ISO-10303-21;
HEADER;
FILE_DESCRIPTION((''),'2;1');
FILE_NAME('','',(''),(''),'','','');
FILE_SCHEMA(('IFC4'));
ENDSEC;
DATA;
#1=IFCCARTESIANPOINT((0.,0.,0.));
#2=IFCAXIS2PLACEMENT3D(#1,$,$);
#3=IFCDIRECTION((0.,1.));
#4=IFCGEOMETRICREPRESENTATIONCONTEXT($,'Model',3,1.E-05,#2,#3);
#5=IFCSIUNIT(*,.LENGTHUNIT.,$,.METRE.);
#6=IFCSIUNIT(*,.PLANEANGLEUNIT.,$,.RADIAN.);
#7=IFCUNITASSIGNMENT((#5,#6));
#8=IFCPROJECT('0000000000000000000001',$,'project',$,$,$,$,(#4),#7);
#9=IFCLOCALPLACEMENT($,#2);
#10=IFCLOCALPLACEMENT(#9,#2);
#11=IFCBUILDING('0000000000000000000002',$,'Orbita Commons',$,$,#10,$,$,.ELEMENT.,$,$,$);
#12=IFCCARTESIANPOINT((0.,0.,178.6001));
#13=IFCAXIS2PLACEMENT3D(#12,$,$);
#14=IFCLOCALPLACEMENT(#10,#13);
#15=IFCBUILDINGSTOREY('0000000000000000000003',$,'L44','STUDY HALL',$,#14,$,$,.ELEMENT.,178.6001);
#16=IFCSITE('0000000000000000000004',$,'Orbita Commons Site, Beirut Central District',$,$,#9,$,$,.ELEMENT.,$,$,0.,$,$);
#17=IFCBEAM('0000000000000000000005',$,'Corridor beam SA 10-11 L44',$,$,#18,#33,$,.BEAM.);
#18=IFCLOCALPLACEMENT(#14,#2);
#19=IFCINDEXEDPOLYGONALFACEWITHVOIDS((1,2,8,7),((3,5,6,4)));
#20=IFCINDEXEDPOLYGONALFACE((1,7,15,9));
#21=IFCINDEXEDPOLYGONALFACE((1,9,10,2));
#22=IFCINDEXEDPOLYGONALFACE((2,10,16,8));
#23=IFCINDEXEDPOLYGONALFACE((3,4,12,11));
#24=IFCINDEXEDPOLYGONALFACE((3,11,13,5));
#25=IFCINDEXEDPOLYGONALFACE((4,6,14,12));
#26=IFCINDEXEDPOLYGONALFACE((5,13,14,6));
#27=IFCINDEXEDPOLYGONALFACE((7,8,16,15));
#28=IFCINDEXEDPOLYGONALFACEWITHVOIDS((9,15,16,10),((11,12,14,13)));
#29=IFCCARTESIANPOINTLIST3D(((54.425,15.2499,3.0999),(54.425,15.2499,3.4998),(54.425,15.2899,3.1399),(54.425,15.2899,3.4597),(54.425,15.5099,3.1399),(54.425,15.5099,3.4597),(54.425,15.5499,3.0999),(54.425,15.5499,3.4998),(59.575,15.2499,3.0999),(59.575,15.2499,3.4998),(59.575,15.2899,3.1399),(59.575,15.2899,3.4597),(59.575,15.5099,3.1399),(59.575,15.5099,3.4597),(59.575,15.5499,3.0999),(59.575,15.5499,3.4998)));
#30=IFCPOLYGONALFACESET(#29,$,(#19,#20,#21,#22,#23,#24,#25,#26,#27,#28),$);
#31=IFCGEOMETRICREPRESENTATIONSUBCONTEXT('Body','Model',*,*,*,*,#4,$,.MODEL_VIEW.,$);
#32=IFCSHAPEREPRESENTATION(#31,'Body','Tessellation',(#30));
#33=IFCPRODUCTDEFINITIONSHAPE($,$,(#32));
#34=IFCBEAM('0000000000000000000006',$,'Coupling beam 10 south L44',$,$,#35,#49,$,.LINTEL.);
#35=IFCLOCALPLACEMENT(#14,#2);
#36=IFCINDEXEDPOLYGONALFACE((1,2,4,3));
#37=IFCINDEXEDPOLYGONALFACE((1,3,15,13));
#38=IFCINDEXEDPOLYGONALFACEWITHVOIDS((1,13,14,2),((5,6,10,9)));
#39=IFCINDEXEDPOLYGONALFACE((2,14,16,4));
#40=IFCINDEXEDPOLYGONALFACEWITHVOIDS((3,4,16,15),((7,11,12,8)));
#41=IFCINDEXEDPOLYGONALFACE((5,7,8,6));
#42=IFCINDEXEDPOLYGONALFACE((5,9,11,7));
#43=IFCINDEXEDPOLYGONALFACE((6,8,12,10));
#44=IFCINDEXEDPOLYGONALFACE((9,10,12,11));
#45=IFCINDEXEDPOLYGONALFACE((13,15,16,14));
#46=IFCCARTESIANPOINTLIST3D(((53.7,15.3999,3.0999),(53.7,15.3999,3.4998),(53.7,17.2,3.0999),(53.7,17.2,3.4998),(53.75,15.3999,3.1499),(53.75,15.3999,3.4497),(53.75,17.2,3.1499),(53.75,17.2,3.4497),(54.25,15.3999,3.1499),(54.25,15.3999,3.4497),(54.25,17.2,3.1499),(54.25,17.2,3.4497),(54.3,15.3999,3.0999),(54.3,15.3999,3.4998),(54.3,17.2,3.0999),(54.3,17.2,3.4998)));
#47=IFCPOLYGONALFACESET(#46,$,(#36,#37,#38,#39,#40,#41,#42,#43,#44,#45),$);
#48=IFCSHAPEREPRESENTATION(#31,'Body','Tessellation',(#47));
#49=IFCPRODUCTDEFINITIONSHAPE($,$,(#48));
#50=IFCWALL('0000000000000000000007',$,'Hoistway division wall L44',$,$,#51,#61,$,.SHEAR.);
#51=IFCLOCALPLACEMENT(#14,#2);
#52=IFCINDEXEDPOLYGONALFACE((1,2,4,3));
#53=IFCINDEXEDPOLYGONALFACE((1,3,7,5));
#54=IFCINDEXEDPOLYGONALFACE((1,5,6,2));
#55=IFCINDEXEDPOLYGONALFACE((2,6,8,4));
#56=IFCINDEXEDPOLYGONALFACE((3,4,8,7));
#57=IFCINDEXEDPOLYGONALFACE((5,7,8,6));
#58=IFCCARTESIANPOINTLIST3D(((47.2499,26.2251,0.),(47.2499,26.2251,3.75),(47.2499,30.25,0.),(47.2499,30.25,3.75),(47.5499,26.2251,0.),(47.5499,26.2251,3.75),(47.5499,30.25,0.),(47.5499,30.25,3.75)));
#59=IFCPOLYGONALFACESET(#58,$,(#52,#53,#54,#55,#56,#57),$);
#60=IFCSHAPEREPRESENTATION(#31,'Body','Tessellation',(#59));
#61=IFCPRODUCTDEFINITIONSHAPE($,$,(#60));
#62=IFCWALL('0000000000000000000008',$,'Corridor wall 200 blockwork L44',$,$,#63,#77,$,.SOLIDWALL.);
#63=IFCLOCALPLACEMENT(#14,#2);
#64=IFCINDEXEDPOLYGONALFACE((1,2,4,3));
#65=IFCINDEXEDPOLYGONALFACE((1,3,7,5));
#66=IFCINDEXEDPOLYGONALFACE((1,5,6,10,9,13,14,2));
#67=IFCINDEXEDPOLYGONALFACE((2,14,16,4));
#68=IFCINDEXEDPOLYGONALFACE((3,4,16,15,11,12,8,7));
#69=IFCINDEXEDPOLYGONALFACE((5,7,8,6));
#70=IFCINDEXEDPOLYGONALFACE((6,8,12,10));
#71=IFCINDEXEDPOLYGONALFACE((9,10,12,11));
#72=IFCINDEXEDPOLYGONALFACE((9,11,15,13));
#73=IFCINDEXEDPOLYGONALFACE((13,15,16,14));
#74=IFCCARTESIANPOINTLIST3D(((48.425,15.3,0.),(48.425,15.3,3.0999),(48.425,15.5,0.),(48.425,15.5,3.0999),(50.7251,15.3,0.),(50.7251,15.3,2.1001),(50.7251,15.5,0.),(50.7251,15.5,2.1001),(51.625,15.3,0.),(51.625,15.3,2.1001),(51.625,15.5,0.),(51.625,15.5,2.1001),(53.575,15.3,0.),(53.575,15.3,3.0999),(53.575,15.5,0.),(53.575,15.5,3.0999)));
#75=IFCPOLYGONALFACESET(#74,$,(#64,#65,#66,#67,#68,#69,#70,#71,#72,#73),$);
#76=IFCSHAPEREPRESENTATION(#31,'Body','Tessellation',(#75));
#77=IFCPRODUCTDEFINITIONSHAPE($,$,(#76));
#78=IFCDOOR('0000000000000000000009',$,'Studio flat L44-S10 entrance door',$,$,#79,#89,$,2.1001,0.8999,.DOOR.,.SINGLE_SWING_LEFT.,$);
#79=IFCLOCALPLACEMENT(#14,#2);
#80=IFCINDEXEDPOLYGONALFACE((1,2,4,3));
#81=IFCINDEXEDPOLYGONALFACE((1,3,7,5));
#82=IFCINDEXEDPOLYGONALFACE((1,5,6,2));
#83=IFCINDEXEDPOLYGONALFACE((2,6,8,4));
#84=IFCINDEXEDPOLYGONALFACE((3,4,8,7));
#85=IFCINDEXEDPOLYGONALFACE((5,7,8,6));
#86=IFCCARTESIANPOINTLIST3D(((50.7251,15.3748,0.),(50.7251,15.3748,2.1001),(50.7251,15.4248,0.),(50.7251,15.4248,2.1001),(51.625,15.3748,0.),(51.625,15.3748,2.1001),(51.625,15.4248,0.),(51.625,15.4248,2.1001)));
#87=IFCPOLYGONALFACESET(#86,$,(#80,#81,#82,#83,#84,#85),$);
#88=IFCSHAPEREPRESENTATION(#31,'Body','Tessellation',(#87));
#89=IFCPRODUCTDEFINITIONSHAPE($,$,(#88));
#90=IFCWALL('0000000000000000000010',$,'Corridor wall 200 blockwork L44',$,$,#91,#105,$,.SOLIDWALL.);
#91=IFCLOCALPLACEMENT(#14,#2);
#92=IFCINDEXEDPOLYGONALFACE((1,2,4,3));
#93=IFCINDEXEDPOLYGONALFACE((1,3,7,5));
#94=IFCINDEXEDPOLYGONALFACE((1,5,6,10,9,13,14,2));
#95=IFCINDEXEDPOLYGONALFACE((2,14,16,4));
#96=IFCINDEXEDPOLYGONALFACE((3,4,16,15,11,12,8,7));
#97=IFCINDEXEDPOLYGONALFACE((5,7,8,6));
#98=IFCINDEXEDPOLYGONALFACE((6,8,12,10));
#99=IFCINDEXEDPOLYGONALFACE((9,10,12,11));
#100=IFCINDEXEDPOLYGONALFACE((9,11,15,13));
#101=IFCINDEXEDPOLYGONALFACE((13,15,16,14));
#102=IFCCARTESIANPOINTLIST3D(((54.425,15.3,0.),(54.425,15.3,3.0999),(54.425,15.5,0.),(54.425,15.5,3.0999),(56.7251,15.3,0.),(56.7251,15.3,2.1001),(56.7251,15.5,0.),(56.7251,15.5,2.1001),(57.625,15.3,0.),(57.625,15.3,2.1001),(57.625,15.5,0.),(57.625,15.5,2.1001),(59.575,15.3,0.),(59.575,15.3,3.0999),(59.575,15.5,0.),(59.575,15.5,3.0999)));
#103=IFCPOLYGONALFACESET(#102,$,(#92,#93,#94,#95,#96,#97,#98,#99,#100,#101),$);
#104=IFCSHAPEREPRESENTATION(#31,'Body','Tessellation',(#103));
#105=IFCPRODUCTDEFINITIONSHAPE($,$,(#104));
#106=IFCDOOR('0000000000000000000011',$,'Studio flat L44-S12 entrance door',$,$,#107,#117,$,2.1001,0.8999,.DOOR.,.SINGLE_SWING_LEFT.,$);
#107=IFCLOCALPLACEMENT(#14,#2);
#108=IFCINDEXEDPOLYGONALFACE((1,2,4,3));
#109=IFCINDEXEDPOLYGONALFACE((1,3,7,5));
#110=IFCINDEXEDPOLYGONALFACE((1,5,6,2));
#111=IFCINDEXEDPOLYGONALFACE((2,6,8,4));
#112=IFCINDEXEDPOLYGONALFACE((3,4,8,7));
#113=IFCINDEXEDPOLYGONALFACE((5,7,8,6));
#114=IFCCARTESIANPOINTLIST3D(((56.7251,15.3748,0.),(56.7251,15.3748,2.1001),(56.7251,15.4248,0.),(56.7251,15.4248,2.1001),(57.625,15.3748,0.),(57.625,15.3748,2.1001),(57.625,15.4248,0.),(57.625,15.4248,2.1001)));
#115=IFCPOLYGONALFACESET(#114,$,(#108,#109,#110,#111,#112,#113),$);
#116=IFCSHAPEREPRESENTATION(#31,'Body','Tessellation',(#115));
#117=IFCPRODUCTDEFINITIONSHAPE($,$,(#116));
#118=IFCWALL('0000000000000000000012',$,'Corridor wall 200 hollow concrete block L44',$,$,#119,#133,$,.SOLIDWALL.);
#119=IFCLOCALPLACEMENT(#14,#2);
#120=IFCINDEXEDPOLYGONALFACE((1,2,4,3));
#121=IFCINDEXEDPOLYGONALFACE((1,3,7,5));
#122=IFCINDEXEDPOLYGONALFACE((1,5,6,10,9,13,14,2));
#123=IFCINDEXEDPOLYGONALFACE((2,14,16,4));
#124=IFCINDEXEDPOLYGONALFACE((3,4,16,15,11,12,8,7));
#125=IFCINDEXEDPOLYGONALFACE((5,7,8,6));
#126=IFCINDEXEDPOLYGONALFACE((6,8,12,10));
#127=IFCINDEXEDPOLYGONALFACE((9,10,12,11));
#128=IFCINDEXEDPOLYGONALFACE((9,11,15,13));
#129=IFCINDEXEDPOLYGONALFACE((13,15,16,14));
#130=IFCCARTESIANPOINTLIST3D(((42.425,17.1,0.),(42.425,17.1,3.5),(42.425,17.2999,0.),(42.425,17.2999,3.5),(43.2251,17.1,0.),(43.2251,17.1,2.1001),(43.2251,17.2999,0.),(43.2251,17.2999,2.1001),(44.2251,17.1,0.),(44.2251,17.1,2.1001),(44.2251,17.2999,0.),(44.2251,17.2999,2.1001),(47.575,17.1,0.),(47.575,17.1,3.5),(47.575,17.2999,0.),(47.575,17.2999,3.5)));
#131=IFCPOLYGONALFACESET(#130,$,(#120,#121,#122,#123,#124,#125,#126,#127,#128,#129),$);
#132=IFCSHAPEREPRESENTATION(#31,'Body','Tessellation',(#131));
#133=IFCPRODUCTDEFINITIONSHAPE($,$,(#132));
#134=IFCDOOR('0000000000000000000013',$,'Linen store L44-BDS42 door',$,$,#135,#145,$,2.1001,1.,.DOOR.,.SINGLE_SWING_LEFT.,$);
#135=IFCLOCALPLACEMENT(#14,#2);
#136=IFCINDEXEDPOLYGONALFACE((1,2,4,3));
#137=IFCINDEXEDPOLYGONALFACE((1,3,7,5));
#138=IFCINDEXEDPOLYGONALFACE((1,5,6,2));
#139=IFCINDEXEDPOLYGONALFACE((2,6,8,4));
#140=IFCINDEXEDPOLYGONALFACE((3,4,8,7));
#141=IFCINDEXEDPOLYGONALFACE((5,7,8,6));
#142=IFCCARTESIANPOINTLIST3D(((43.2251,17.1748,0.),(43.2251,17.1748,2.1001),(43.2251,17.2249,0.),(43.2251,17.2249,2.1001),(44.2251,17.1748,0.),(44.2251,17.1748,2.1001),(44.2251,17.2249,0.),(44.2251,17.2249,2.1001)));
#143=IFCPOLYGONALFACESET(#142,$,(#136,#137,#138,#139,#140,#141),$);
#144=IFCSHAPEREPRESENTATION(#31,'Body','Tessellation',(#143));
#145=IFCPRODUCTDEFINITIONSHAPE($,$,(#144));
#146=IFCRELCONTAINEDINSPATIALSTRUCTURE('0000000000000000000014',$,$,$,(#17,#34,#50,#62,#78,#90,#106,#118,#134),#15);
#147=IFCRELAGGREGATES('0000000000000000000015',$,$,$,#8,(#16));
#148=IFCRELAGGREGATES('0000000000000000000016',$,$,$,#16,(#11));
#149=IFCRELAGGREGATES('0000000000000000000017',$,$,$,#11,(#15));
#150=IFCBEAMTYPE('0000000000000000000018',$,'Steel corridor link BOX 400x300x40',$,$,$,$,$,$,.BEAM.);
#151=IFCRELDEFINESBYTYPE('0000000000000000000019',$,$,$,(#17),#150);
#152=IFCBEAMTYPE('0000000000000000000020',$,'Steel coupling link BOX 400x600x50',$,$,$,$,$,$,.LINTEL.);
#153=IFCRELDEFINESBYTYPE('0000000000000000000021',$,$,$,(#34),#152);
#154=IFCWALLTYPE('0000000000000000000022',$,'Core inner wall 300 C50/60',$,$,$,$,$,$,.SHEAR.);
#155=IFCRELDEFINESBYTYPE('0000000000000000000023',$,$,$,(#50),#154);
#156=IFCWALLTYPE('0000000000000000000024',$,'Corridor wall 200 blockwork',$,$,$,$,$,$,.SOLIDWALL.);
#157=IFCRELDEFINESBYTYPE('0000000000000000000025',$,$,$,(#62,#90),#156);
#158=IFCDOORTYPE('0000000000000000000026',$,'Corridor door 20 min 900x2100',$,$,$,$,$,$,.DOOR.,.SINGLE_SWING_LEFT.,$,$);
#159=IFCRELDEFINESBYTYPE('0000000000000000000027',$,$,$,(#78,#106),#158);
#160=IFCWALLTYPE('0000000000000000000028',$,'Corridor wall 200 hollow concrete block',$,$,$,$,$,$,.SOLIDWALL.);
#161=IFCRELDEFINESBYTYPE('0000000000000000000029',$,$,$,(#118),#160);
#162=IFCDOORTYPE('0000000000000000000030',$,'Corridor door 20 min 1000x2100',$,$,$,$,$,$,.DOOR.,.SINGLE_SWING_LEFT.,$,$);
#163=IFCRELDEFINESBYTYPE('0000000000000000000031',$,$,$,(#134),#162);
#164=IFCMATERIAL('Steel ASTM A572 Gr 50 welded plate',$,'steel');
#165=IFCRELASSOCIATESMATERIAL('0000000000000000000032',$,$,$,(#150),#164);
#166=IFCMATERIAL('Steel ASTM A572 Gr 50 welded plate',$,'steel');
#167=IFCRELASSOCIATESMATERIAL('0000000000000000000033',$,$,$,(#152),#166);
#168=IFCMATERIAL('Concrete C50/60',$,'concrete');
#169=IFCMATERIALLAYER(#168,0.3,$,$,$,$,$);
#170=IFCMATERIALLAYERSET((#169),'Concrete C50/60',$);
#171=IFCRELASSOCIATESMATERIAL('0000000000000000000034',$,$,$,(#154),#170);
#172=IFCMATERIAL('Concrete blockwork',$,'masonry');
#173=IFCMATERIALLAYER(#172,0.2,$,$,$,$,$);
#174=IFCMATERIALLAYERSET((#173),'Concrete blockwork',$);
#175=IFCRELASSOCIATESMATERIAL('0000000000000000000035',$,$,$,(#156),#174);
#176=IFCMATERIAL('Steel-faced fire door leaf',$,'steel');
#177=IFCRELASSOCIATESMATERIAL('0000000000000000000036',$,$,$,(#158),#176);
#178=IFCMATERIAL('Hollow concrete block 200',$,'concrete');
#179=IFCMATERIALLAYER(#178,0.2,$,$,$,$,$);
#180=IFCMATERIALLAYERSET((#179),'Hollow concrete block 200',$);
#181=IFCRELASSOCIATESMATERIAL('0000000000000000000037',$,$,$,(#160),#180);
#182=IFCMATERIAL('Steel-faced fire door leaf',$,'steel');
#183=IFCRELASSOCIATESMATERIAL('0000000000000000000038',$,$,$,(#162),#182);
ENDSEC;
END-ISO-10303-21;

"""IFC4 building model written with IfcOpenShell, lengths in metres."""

from ifc_helpers import new_model, si_unit, direction, frame, frame_2d, origin, origin_2d, place, context, subcontext, project, spatial, polyline, rectangle, hollow_rectangle, outline, extrude, material, layer, layer_set, material_profile, profile_set, type_object, element, fill, save


model = new_model("IFC4")

# Units and contexts
model_context = context("Model", 3, precision=1e-05, world=origin(), true_north=direction((0.0, 1.0)))
body_context = subcontext(model_context, "Body", "Model", "MODEL_VIEW")
ifc_project = project(units=[si_unit("LENGTHUNIT", "METRE"), si_unit("PLANEANGLEUNIT", "RADIAN")], contexts=[model_context])

# Site, building, storey
site_placement = place(None, origin())
site = spatial("IfcSite", under=ifc_project, at=site_placement, Name="Orbita Commons Site, Beirut Central District", CompositionType="ELEMENT", RefElevation=0.0)
building_placement = place(site_placement, origin())
building = spatial("IfcBuilding", under=site, at=building_placement, Name="Orbita Commons", CompositionType="ELEMENT")
storey_placement = place(building_placement, frame((0.0, 0.0, 178.6001)))
storey = spatial("IfcBuildingStorey", under=building, at=storey_placement, Name="L44", Description="STUDY HALL", CompositionType="ELEMENT", Elevation=178.6001)

# Beams
ifc_material_1 = material(Name="Steel ASTM A572 Gr 50 welded plate", Category="steel")
ifc_material_profile_1 = material_profile(ifc_material_1, hollow_rectangle(XDim=0.3, YDim=0.3999, WallThickness=0.04, at=origin_2d()), Name="BOX 400x300x40")
ifc_profile_set_1 = profile_set([ifc_material_profile_1], Name="Steel ASTM A572 Gr 50 welded plate")
beam_type_1 = type_object("IfcBeamType", Name="Steel corridor link BOX 400x300x40", PredefinedType="BEAM", material=ifc_profile_set_1)
beam_1_placement = place(storey_placement, frame((54.425, 15.3999, 3.2998), z_axis=(1.0, 0.0, 0.0), x_axis=(0.0, 1.0, 0.0)))
element("IfcBeam", 1, at=beam_1_placement, inside=storey, type_object=beam_type_1, Name="Corridor beam SA 10-11 L44", PredefinedType="BEAM", context=body_context, shape_type="SweptSolid", body=[
    extrude(hollow_rectangle(XDim=0.3, YDim=0.3999, WallThickness=0.04, at=origin_2d()), origin(), (0.0, 0.0, 1.0), 5.1499),
])
ifc_material_2 = material(Name="Steel ASTM A572 Gr 50 welded plate", Category="steel")
ifc_material_profile_2 = material_profile(ifc_material_2, hollow_rectangle(XDim=0.6001, YDim=0.3999, WallThickness=0.05, at=origin_2d()), Name="BOX 400x600x50")
ifc_profile_set_2 = profile_set([ifc_material_profile_2], Name="Steel ASTM A572 Gr 50 welded plate")
beam_type_2 = type_object("IfcBeamType", Name="Steel coupling link BOX 400x600x50", PredefinedType="LINTEL", material=ifc_profile_set_2)
beam_2_placement = place(storey_placement, frame((54.0, 15.3999, 3.2998), z_axis=(0.0, 1.0, 0.0), x_axis=(-1.0, 0.0, 0.0)))
element("IfcBeam", 2, at=beam_2_placement, inside=storey, type_object=beam_type_2, Name="Coupling beam 10 south L44", PredefinedType="LINTEL", context=body_context, shape_type="SweptSolid", body=[
    extrude(hollow_rectangle(XDim=0.6001, YDim=0.3999, WallThickness=0.05, at=origin_2d()), origin(), (0.0, 0.0, 1.0), 1.8),
])

# Wall
ifc_material_3 = material(Name="Concrete C50/60", Category="concrete")
ifc_layer_1 = layer(ifc_material_3, 0.3)
ifc_layer_set_1 = layer_set([ifc_layer_1], Name="Concrete C50/60")
wall_type_1 = type_object("IfcWallType", Name="Core inner wall 300 C50/60", PredefinedType="SHEAR", material=ifc_layer_set_1)
wall_1_placement = place(storey_placement, frame((47.3999, 26.2251, 0.0), z_axis=(0.0, 0.0, 1.0), x_axis=(0.0, 1.0, 0.0)))
element("IfcWall", 3, at=wall_1_placement, inside=storey, type_object=wall_type_1, Name="Hoistway division wall L44", PredefinedType="SHEAR", context=body_context, shape_type="SweptSolid", body=[
    extrude(rectangle(XDim=4.0249, YDim=0.3, at=frame_2d((2.0125, 0.0))), origin(), (0.0, 0.0, 1.0), 3.75),
])

# Walls, openings, doors
ifc_material_4 = material(Name="Concrete blockwork", Category="masonry")
ifc_layer_2 = layer(ifc_material_4, 0.2)
ifc_layer_set_2 = layer_set([ifc_layer_2], Name="Concrete blockwork")
wall_type_2 = type_object("IfcWallType", Name="Corridor wall 200 blockwork", PredefinedType="SOLIDWALL", material=ifc_layer_set_2)
wall_2_placement = place(storey_placement, frame((48.425, 15.3999, 0.0), z_axis=(0.0, 0.0, 1.0), x_axis=(1.0, 0.0, 0.0)))
wall_2 = element("IfcWall", 4, at=wall_2_placement, inside=storey, type_object=wall_type_2, Name="Corridor wall 200 blockwork L44", PredefinedType="SOLIDWALL", context=body_context, shape_type="SweptSolid", body=[
    extrude(outline(polyline([(0.0, 0.0), (5.1499, 0.0), (5.1499, 3.0999), (0.0, 3.0999), (0.0, 0.0)])), frame((0.0, 0.1001, 0.0), z_axis=(0.0, -1.0, 0.0), x_axis=(1.0, 0.0, 0.0)), (0.0, 0.0, 1.0), 0.2),
])
opening_1_placement = place(wall_2_placement, frame((2.3, 0.0, 0.0)))
opening_1 = element("IfcOpeningElement", 5, at=opening_1_placement, cuts=wall_2, PredefinedType="OPENING", context=body_context, shape_type="SweptSolid", body=[
    extrude(rectangle(XDim=0.8999, YDim=2.1001, at=frame_2d((0.45, 1.05))), frame((0.0, 0.1099, 0.0), z_axis=(0.0, -1.0, 0.0), x_axis=(1.0, 0.0, 0.0)), (0.0, 0.0, 1.0), 0.22),
])
ifc_material_5 = material(Name="Steel-faced fire door leaf", Category="steel")
door_type_1 = type_object("IfcDoorType", Name="Corridor door 20 min 900x2100", OperationType="SINGLE_SWING_LEFT", PredefinedType="DOOR", material=ifc_material_5)
door_1_placement = place(opening_1_placement, origin())
door_1 = element("IfcDoor", 6, at=door_1_placement, inside=storey, type_object=door_type_1, Name="Studio flat L44-S10 entrance door", OperationType="SINGLE_SWING_LEFT", OverallHeight=2.1001, OverallWidth=0.8999, PredefinedType="DOOR", context=body_context, shape_type="SweptSolid", body=[
    extrude(rectangle(XDim=0.8999, YDim=2.1001, at=frame_2d((0.45, 1.05))), frame((0.0, 0.0249, 0.0), z_axis=(0.0, -1.0, 0.0), x_axis=(1.0, 0.0, 0.0)), (0.0, 0.0, 1.0), 0.05),
])
fill(opening_1, door_1)
wall_3_placement = place(storey_placement, frame((54.425, 15.3999, 0.0), z_axis=(0.0, 0.0, 1.0), x_axis=(1.0, 0.0, 0.0)))
wall_3 = element("IfcWall", 7, at=wall_3_placement, inside=storey, type_object=wall_type_2, Name="Corridor wall 200 blockwork L44", PredefinedType="SOLIDWALL", context=body_context, shape_type="SweptSolid", body=[
    extrude(outline(polyline([(0.0, 0.0), (5.1499, 0.0), (5.1499, 3.0999), (0.0, 3.0999), (0.0, 0.0)])), frame((0.0, 0.1001, 0.0), z_axis=(0.0, -1.0, 0.0), x_axis=(1.0, 0.0, 0.0)), (0.0, 0.0, 1.0), 0.2),
])
opening_2_placement = place(wall_3_placement, frame((2.3, 0.0, 0.0)))
opening_2 = element("IfcOpeningElement", 8, at=opening_2_placement, cuts=wall_3, PredefinedType="OPENING", context=body_context, shape_type="SweptSolid", body=[
    extrude(rectangle(XDim=0.8999, YDim=2.1001, at=frame_2d((0.45, 1.05))), frame((0.0, 0.1099, 0.0), z_axis=(0.0, -1.0, 0.0), x_axis=(1.0, 0.0, 0.0)), (0.0, 0.0, 1.0), 0.22),
])
door_2_placement = place(opening_2_placement, origin())
door_2 = element("IfcDoor", 9, at=door_2_placement, inside=storey, type_object=door_type_1, Name="Studio flat L44-S12 entrance door", OperationType="SINGLE_SWING_LEFT", OverallHeight=2.1001, OverallWidth=0.8999, PredefinedType="DOOR", context=body_context, shape_type="SweptSolid", body=[
    extrude(rectangle(XDim=0.8999, YDim=2.1001, at=frame_2d((0.45, 1.05))), frame((0.0, 0.0249, 0.0), z_axis=(0.0, -1.0, 0.0), x_axis=(1.0, 0.0, 0.0)), (0.0, 0.0, 1.0), 0.05),
])
fill(opening_2, door_2)
ifc_material_6 = material(Name="Hollow concrete block 200", Category="concrete")
ifc_layer_3 = layer(ifc_material_6, 0.2)
ifc_layer_set_3 = layer_set([ifc_layer_3], Name="Hollow concrete block 200")
wall_type_3 = type_object("IfcWallType", Name="Corridor wall 200 hollow concrete block", PredefinedType="SOLIDWALL", material=ifc_layer_set_3)
wall_4_placement = place(storey_placement, frame((42.425, 17.2, 0.0), z_axis=(0.0, 0.0, 1.0), x_axis=(1.0, 0.0, 0.0)))
wall_4 = element("IfcWall", 10, at=wall_4_placement, inside=storey, type_object=wall_type_3, Name="Corridor wall 200 hollow concrete block L44", PredefinedType="SOLIDWALL", context=body_context, shape_type="SweptSolid", body=[
    extrude(rectangle(XDim=5.1499, YDim=0.2, at=frame_2d((2.575, 0.0))), origin(), (0.0, 0.0, 1.0), 3.5),
])
opening_3_placement = place(wall_4_placement, frame((0.8, 0.0, 0.0)))
opening_3 = element("IfcOpeningElement", 11, at=opening_3_placement, cuts=wall_4, PredefinedType="OPENING", context=body_context, shape_type="SweptSolid", body=[
    extrude(rectangle(XDim=1.0, YDim=2.1001, at=frame_2d((0.5, 1.05))), frame((0.0, 0.1099, 0.0), z_axis=(0.0, -1.0, 0.0), x_axis=(1.0, 0.0, 0.0)), (0.0, 0.0, 1.0), 0.22),
])
ifc_material_7 = material(Name="Steel-faced fire door leaf", Category="steel")
door_type_2 = type_object("IfcDoorType", Name="Corridor door 20 min 1000x2100", OperationType="SINGLE_SWING_LEFT", PredefinedType="DOOR", material=ifc_material_7)
door_3_placement = place(opening_3_placement, origin())
door_3 = element("IfcDoor", 12, at=door_3_placement, inside=storey, type_object=door_type_2, Name="Linen store L44-BDS42 door", OperationType="SINGLE_SWING_LEFT", OverallHeight=2.1001, OverallWidth=1.0, PredefinedType="DOOR", context=body_context, shape_type="SweptSolid", body=[
    extrude(rectangle(XDim=1.0, YDim=2.1001, at=frame_2d((0.5, 1.05))), frame((0.0, 0.0249, 0.0), z_axis=(0.0, -1.0, 0.0), x_axis=(1.0, 0.0, 0.0)), (0.0, 0.0, 1.0), 0.05),
])
fill(opening_3, door_3)

save(model, "model.ifc")
